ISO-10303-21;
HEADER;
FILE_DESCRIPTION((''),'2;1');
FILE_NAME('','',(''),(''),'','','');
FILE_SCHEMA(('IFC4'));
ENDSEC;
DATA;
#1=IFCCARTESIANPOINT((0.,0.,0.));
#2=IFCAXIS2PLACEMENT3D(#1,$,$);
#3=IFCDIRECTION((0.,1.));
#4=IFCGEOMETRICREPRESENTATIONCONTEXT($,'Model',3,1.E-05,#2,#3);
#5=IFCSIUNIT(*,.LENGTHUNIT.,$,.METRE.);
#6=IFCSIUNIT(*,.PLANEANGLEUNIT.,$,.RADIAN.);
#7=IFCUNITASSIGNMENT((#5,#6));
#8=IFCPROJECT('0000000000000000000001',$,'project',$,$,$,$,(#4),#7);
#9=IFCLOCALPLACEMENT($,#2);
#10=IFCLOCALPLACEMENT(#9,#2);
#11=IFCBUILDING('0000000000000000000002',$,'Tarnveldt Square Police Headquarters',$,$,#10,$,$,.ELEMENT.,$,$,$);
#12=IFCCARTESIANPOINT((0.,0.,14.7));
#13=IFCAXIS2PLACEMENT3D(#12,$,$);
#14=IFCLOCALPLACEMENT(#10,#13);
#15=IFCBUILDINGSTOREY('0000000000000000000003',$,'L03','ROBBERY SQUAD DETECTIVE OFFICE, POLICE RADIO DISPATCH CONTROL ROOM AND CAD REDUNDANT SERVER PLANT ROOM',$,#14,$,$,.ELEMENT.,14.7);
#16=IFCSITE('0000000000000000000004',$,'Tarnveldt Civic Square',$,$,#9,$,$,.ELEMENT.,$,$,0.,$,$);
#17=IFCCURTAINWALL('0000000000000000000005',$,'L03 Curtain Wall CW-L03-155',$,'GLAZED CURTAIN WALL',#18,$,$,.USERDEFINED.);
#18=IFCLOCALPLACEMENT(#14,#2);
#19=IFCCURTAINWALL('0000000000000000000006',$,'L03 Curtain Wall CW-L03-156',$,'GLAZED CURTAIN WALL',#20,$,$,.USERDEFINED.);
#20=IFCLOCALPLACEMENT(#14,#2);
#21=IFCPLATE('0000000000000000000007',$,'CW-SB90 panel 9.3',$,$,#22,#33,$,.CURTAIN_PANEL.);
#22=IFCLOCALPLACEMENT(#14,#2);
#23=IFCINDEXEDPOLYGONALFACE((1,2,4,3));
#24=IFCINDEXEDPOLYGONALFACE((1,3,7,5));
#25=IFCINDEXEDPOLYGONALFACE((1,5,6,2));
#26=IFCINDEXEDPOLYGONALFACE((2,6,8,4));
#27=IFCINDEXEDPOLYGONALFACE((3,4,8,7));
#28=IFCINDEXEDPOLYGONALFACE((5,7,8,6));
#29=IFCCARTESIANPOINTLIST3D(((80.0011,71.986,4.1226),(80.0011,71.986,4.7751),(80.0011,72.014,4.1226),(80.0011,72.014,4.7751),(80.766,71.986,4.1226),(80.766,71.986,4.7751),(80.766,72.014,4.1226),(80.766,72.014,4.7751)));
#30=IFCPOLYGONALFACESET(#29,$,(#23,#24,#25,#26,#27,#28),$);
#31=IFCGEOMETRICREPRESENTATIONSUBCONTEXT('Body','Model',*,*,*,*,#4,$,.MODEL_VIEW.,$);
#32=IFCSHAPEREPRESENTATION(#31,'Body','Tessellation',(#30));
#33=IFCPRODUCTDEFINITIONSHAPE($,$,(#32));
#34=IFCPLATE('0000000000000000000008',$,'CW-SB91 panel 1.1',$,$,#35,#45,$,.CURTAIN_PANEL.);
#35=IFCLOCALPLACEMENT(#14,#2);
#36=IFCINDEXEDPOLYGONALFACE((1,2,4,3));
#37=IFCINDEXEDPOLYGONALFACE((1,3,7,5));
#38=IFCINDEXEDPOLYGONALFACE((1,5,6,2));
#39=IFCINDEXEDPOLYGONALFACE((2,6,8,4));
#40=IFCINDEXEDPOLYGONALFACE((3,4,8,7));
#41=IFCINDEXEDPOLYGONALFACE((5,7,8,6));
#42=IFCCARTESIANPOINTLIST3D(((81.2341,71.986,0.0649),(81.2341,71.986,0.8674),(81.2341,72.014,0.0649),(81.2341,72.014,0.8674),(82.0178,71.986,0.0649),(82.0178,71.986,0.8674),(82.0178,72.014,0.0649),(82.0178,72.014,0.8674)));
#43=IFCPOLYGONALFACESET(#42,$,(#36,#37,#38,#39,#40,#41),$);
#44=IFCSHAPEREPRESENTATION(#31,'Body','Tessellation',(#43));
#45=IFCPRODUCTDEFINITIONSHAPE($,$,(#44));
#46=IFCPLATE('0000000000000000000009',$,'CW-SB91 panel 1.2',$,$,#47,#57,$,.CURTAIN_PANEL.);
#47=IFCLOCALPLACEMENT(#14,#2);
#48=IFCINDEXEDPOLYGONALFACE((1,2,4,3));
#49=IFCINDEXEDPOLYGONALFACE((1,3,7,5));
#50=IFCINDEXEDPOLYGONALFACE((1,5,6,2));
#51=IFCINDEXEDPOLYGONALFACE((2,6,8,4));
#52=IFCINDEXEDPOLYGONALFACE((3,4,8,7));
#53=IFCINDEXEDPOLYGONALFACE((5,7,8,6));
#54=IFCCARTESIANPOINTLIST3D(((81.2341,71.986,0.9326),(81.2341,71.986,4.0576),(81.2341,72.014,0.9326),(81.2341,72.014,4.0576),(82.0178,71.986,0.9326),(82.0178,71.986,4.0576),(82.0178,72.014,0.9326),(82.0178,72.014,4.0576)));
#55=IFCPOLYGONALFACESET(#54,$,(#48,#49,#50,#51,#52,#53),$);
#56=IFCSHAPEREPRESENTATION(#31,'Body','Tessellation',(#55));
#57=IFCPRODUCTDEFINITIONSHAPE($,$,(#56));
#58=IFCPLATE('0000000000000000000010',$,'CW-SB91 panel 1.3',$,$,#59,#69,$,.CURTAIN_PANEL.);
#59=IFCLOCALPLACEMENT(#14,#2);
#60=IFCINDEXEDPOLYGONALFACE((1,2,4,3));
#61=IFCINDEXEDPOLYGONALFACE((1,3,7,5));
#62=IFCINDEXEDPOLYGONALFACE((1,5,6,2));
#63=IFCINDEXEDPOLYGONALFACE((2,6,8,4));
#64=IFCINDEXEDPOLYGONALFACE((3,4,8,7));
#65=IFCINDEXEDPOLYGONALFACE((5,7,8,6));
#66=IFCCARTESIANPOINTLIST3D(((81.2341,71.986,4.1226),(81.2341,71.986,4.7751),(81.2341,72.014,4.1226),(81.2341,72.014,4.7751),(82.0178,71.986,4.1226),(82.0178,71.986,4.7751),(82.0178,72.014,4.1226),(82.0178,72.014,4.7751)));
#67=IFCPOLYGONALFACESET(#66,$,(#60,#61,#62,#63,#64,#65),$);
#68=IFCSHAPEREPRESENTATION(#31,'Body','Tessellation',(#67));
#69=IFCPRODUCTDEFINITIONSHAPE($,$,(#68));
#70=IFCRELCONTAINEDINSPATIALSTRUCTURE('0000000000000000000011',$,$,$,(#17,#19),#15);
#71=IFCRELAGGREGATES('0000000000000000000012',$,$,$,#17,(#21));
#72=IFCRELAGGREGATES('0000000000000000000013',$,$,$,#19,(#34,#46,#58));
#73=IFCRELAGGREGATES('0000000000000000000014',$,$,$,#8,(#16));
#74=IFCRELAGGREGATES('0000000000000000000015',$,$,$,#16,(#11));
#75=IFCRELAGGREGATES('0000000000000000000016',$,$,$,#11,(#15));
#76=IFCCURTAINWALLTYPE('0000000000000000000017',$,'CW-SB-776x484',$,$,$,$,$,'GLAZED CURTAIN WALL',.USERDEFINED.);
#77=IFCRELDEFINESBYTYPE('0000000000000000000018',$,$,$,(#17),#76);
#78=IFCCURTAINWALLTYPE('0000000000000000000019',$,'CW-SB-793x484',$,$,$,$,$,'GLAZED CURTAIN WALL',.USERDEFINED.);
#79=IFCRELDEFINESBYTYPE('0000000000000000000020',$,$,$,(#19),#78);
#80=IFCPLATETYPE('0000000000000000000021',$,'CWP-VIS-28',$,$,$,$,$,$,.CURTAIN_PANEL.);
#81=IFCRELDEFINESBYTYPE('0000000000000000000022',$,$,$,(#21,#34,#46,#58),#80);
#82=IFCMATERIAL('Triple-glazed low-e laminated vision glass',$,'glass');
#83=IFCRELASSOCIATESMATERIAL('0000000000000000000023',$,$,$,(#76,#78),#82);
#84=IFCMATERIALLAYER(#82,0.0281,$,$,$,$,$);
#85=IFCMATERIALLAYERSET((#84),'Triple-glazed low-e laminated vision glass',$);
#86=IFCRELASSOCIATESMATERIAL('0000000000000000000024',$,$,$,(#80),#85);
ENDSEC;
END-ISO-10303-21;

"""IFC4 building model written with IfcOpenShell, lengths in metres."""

from ifc_helpers import new_model, si_unit, direction, frame, origin, origin_2d, place, context, subcontext, project, spatial, rectangle, extrude, material, layer, layer_set, type_object, element, aggregate, save


model = new_model("IFC4")

# Units and contexts
model_context = context("Model", 3, precision=1e-05, world=origin(), true_north=direction((0.0, 1.0)))
body_context = subcontext(model_context, "Body", "Model", "MODEL_VIEW")
ifc_project = project(units=[si_unit("LENGTHUNIT", "METRE"), si_unit("PLANEANGLEUNIT", "RADIAN")], contexts=[model_context])

# Site, building, storey
site_placement = place(None, origin())
site = spatial("IfcSite", under=ifc_project, at=site_placement, Name="Tarnveldt Civic Square", CompositionType="ELEMENT", RefElevation=0.0)
building_placement = place(site_placement, origin())
building = spatial("IfcBuilding", under=site, at=building_placement, Name="Tarnveldt Square Police Headquarters", CompositionType="ELEMENT")
storey_placement = place(building_placement, frame((0.0, 0.0, 14.7)))
storey = spatial("IfcBuildingStorey", under=building, at=storey_placement, Name="L03", Description="ROBBERY SQUAD DETECTIVE OFFICE, POLICE RADIO DISPATCH CONTROL ROOM AND CAD REDUNDANT SERVER PLANT ROOM", CompositionType="ELEMENT", Elevation=14.7)

# Curtain walls
ifc_material_1 = material(Name="Triple-glazed low-e laminated vision glass", Category="glass")
curtain_wall_type_1 = type_object("IfcCurtainWallType", Name="CW-SB-776x484", ElementType="GLAZED CURTAIN WALL", PredefinedType="USERDEFINED", material=ifc_material_1)
curtain_wall_1_placement = place(storey_placement, origin())
curtain_wall_1 = element("IfcCurtainWall", 1, at=curtain_wall_1_placement, inside=storey, type_object=curtain_wall_type_1, Name="L03 Curtain Wall CW-L03-155", ObjectType="GLAZED CURTAIN WALL", PredefinedType="USERDEFINED")
curtain_wall_type_2 = type_object("IfcCurtainWallType", Name="CW-SB-793x484", ElementType="GLAZED CURTAIN WALL", PredefinedType="USERDEFINED", material=ifc_material_1)
curtain_wall_2_placement = place(storey_placement, origin())
curtain_wall_2 = element("IfcCurtainWall", 2, at=curtain_wall_2_placement, inside=storey, type_object=curtain_wall_type_2, Name="L03 Curtain Wall CW-L03-156", ObjectType="GLAZED CURTAIN WALL", PredefinedType="USERDEFINED")

# Plates
ifc_layer = layer(ifc_material_1, 0.0281)
ifc_layer_set = layer_set([ifc_layer], Name="Triple-glazed low-e laminated vision glass")
plate_type = type_object("IfcPlateType", Name="CWP-VIS-28", PredefinedType="CURTAIN_PANEL", material=ifc_layer_set)
plate_1_placement = place(storey_placement, frame((80.3835, 72.0, 4.1226), z_axis=(0.0, 0.0, 1.0), x_axis=(1.0, 0.0, 0.0)))
plate_1 = element("IfcPlate", 3, at=plate_1_placement, type_object=plate_type, Name="CW-SB90 panel 9.3", PredefinedType="CURTAIN_PANEL", context=body_context, shape_type="SweptSolid", body=[
    extrude(rectangle(XDim=0.7649, YDim=0.0281, at=origin_2d()), origin(), (0.0, 0.0, 1.0), 0.6526),
])
aggregate(curtain_wall_1, [plate_1])
plate_2_placement = place(storey_placement, frame((81.626, 72.0, 0.0649), z_axis=(0.0, 0.0, 1.0), x_axis=(1.0, 0.0, 0.0)))
plate_2 = element("IfcPlate", 4, at=plate_2_placement, type_object=plate_type, Name="CW-SB91 panel 1.1", PredefinedType="CURTAIN_PANEL", context=body_context, shape_type="SweptSolid", body=[
    extrude(rectangle(XDim=0.7837, YDim=0.0281, at=origin_2d()), origin(), (0.0, 0.0, 1.0), 0.8025),
])
plate_3_placement = place(storey_placement, frame((81.626, 72.0, 0.9326), z_axis=(0.0, 0.0, 1.0), x_axis=(1.0, 0.0, 0.0)))
plate_3 = element("IfcPlate", 5, at=plate_3_placement, type_object=plate_type, Name="CW-SB91 panel 1.2", PredefinedType="CURTAIN_PANEL", context=body_context, shape_type="SweptSolid", body=[
    extrude(rectangle(XDim=0.7837, YDim=0.0281, at=origin_2d()), origin(), (0.0, 0.0, 1.0), 3.125),
])
plate_4_placement = place(storey_placement, frame((81.626, 72.0, 4.1226), z_axis=(0.0, 0.0, 1.0), x_axis=(1.0, 0.0, 0.0)))
plate_4 = element("IfcPlate", 6, at=plate_4_placement, type_object=plate_type, Name="CW-SB91 panel 1.3", PredefinedType="CURTAIN_PANEL", context=body_context, shape_type="SweptSolid", body=[
    extrude(rectangle(XDim=0.7837, YDim=0.0281, at=origin_2d()), origin(), (0.0, 0.0, 1.0), 0.6526),
])
aggregate(curtain_wall_2, [plate_2, plate_3, plate_4])

save(model, "model.ifc")
